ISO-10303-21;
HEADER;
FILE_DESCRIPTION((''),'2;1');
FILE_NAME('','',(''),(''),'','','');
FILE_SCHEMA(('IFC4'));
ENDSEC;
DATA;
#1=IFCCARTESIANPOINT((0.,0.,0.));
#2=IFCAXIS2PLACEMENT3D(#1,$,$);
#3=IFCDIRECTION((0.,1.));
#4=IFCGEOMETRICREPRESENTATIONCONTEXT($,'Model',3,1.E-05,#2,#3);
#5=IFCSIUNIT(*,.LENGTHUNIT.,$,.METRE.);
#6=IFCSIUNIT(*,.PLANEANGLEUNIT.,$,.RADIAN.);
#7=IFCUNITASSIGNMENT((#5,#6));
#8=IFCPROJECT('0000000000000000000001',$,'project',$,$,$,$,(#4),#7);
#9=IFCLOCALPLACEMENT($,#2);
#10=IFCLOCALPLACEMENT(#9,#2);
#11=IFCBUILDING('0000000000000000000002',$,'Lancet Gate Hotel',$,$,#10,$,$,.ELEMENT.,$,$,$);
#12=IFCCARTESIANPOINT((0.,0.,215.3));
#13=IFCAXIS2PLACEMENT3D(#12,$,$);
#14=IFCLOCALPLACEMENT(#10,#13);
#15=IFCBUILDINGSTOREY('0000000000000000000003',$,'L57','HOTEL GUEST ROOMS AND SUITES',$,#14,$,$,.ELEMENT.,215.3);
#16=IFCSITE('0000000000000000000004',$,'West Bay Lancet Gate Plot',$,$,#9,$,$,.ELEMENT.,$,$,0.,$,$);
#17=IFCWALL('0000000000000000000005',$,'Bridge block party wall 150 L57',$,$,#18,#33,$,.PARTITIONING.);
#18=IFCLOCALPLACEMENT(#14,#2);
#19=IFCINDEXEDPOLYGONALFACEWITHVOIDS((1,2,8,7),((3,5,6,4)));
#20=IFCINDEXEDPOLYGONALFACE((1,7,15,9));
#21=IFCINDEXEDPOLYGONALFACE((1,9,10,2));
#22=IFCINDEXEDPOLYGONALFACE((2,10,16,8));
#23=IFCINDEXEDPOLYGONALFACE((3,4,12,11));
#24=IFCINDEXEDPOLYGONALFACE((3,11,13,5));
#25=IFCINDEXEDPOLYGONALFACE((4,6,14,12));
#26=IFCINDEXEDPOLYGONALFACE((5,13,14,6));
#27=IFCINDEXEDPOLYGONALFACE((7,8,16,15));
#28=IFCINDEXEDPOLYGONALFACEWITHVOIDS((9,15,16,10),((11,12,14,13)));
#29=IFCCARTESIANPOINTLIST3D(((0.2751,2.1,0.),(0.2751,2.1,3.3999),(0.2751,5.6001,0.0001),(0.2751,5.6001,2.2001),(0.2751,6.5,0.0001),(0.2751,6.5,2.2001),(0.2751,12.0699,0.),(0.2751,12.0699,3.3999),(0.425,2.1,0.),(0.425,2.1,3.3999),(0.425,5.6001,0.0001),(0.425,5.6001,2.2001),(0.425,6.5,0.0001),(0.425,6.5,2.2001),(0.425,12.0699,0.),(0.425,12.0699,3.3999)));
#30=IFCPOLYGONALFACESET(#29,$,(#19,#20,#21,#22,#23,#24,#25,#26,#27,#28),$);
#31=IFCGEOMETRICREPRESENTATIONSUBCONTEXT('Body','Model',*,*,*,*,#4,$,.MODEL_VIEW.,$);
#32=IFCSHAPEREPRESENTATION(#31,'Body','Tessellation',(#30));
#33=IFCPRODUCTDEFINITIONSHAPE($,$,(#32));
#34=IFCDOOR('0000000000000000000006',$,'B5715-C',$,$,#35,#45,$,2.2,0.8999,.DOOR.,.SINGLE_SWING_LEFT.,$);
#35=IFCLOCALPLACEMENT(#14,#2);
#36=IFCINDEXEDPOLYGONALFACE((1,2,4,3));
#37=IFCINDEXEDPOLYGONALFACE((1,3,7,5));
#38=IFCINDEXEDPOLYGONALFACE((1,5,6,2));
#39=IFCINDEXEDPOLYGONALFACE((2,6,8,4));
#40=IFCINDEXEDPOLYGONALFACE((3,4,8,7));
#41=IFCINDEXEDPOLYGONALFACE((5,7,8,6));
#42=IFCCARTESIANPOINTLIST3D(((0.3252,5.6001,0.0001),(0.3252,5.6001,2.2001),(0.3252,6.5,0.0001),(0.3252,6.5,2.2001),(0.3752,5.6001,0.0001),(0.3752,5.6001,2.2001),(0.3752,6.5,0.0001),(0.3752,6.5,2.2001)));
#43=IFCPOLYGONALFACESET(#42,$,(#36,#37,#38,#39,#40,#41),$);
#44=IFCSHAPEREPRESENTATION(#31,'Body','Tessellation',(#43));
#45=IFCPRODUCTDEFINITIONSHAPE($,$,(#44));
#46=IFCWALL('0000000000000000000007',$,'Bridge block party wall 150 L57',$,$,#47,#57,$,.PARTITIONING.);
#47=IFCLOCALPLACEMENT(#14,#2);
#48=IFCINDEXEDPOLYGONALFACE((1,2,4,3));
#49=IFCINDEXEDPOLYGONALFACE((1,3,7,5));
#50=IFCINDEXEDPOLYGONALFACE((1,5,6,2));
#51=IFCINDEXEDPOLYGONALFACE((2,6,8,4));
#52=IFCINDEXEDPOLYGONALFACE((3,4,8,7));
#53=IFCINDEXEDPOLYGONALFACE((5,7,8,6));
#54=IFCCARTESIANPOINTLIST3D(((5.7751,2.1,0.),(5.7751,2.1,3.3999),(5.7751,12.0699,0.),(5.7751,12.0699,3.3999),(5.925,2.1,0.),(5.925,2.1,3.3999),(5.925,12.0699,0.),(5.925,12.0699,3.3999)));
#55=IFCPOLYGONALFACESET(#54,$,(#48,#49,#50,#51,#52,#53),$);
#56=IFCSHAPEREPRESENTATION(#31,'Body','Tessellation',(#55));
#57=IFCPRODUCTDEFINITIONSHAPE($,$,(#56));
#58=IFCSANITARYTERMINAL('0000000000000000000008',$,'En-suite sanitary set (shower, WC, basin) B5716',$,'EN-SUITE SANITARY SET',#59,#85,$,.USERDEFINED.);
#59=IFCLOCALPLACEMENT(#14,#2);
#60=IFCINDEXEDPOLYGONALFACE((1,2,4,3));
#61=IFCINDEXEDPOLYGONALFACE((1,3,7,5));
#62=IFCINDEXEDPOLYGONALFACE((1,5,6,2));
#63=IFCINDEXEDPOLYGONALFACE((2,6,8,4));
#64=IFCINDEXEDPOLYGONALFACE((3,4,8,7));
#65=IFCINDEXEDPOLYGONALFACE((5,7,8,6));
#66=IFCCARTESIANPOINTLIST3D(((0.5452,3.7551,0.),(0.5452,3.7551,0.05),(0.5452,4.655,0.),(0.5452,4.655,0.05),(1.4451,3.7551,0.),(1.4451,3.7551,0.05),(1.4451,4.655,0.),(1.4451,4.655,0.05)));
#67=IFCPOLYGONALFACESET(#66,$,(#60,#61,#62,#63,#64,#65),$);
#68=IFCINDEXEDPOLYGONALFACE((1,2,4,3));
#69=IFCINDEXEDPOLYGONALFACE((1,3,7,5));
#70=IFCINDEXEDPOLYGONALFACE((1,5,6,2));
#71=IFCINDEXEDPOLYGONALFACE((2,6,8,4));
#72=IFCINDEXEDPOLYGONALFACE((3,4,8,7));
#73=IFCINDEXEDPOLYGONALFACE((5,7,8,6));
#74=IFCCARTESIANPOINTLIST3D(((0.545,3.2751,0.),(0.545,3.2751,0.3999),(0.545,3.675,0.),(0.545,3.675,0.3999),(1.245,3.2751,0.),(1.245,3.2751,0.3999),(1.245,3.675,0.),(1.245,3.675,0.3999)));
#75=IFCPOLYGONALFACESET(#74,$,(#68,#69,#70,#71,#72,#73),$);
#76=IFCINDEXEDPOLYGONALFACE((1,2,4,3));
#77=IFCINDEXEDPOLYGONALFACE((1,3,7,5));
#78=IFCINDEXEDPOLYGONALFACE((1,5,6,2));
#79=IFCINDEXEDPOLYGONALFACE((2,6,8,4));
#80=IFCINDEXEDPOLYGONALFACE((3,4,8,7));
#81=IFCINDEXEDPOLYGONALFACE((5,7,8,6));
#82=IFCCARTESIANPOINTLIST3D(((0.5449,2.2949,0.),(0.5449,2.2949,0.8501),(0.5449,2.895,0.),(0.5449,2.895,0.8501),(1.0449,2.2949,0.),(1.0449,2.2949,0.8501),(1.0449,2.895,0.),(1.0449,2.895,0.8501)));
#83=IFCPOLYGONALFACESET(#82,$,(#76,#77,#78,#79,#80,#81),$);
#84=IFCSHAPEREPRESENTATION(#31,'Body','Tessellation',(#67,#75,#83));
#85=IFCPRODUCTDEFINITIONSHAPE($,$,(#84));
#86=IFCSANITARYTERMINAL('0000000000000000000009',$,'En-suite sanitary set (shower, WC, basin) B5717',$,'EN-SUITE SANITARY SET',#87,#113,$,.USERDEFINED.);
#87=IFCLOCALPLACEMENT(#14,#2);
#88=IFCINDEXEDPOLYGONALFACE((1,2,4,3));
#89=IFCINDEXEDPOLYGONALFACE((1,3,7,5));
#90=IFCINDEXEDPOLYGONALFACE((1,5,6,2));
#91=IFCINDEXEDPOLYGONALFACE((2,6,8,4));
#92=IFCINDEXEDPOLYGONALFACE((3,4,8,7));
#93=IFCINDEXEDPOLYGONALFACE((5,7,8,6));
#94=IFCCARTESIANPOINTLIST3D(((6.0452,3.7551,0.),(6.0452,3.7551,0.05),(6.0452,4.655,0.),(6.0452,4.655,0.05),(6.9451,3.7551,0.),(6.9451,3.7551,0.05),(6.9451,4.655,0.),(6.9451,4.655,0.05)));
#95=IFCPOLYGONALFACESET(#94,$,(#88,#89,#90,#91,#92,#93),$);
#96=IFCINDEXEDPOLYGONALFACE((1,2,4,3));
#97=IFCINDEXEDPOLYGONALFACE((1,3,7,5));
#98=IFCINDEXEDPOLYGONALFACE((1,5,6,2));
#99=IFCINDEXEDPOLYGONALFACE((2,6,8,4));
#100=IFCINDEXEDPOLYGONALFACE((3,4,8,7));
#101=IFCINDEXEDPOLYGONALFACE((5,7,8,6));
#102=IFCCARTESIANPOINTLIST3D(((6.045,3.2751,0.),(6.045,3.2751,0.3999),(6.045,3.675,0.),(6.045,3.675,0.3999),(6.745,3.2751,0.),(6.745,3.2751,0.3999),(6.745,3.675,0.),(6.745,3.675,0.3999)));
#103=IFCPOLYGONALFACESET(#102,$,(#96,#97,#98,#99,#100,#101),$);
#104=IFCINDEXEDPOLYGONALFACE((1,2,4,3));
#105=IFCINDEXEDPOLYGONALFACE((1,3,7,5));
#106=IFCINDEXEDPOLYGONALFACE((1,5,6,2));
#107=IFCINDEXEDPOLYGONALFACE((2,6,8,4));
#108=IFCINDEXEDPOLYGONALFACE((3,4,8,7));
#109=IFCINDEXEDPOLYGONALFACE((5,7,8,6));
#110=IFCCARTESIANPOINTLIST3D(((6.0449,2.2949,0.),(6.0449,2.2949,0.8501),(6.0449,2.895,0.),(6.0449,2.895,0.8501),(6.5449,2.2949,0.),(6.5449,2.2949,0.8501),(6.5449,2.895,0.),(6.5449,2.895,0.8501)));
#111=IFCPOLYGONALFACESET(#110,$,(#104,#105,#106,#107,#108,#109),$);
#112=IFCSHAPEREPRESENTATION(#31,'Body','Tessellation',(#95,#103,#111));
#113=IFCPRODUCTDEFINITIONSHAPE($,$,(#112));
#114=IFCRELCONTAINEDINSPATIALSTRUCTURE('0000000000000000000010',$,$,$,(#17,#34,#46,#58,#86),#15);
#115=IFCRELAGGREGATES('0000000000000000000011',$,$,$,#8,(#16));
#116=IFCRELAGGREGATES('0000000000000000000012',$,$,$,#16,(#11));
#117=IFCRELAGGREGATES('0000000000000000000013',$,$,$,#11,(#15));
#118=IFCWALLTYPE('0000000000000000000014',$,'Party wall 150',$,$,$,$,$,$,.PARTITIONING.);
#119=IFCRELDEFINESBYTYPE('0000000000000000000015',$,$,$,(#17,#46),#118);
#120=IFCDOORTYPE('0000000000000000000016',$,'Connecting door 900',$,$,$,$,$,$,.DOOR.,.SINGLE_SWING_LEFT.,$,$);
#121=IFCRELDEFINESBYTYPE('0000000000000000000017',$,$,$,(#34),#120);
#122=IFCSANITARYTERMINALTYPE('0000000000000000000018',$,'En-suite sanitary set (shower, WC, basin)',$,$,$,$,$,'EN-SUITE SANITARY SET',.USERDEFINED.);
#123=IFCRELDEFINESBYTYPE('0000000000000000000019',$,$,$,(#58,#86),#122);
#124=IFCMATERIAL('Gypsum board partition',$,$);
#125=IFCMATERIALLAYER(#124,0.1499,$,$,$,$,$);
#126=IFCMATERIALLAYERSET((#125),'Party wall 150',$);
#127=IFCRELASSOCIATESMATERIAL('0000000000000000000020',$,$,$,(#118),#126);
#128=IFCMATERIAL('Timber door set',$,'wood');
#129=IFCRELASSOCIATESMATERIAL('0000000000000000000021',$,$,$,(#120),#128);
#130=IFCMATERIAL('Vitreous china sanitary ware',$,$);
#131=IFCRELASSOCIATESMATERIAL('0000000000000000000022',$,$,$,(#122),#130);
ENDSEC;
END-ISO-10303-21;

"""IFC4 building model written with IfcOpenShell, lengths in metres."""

from ifc_helpers import new_model, si_unit, direction, frame, frame_2d, origin, origin_2d, place, context, subcontext, project, spatial, rectangle, extrude, material, layer, layer_set, type_object, element, fill, save


model = new_model("IFC4")

# Units and contexts
model_context = context("Model", 3, precision=1e-05, world=origin(), true_north=direction((0.0, 1.0)))
body_context = subcontext(model_context, "Body", "Model", "MODEL_VIEW")
ifc_project = project(units=[si_unit("LENGTHUNIT", "METRE"), si_unit("PLANEANGLEUNIT", "RADIAN")], contexts=[model_context])

# Site, building, storey
site_placement = place(None, origin())
site = spatial("IfcSite", under=ifc_project, at=site_placement, Name="West Bay Lancet Gate Plot", CompositionType="ELEMENT", RefElevation=0.0)
building_placement = place(site_placement, origin())
building = spatial("IfcBuilding", under=site, at=building_placement, Name="Lancet Gate Hotel", CompositionType="ELEMENT")
storey_placement = place(building_placement, frame((0.0, 0.0, 215.3)))
storey = spatial("IfcBuildingStorey", under=building, at=storey_placement, Name="L57", Description="HOTEL GUEST ROOMS AND SUITES", CompositionType="ELEMENT", Elevation=215.3)

# Wall, opening, door
ifc_material_1 = material(Name="Gypsum board partition")
ifc_layer_1 = layer(ifc_material_1, 0.1499)
ifc_layer_set_1 = layer_set([ifc_layer_1], Name="Party wall 150")
wall_type_1 = type_object("IfcWallType", Name="Party wall 150", PredefinedType="PARTITIONING", material=ifc_layer_set_1)
wall_1_placement = place(storey_placement, frame((0.3501, 2.1001, 0.0), z_axis=(0.0, 0.0, 1.0), x_axis=(0.0, 1.0, 0.0)))
wall_1 = element("IfcWall", 1, at=wall_1_placement, inside=storey, type_object=wall_type_1, Name="Bridge block party wall 150 L57", PredefinedType="PARTITIONING", context=body_context, shape_type="SweptSolid", body=[
    extrude(rectangle(XDim=9.97, YDim=0.1499, at=frame_2d((4.9849, 0.0))), origin(), (0.0, 0.0, 1.0), 3.3999),
])
opening_1_placement = place(wall_1_placement, frame((3.5, 0.0, 0.0)))
opening_1 = element("IfcOpeningElement", 2, at=opening_1_placement, cuts=wall_1, PredefinedType="OPENING", context=body_context, shape_type="SweptSolid", body=[
    extrude(rectangle(XDim=0.8999, YDim=2.2, at=frame_2d((0.45, 1.1001))), frame((0.0, 0.085, 0.0), z_axis=(0.0, -1.0, 0.0), x_axis=(1.0, 0.0, 0.0)), (0.0, 0.0, 1.0), 0.1699),
])
ifc_material_2 = material(Name="Timber door set", Category="wood")
door_type_1 = type_object("IfcDoorType", Name="Connecting door 900", OperationType="SINGLE_SWING_LEFT", PredefinedType="DOOR", material=ifc_material_2)
door_1_placement = place(opening_1_placement, origin())
door_1 = element("IfcDoor", 3, at=door_1_placement, inside=storey, type_object=door_type_1, Name="B5715-C", OperationType="SINGLE_SWING_LEFT", OverallHeight=2.2, OverallWidth=0.8999, PredefinedType="DOOR", context=body_context, shape_type="SweptSolid", body=[
    extrude(rectangle(XDim=0.8999, YDim=2.2, at=frame_2d((0.45, 1.1001))), frame((0.0, 0.0249, 0.0), z_axis=(0.0, -1.0, 0.0), x_axis=(1.0, 0.0, 0.0)), (0.0, 0.0, 1.0), 0.05),
])
fill(opening_1, door_1)

# Wall
wall_2_placement = place(storey_placement, frame((5.8501, 2.1001, 0.0), z_axis=(0.0, 0.0, 1.0), x_axis=(0.0, 1.0, 0.0)))
element("IfcWall", 4, at=wall_2_placement, inside=storey, type_object=wall_type_1, Name="Bridge block party wall 150 L57", PredefinedType="PARTITIONING", context=body_context, shape_type="SweptSolid", body=[
    extrude(rectangle(XDim=9.97, YDim=0.1499, at=frame_2d((4.9849, 0.0))), origin(), (0.0, 0.0, 1.0), 3.3999),
])

# Sanitary terminals
ifc_material_3 = material(Name="Vitreous china sanitary ware")
sanitary_terminal_type = type_object("IfcSanitaryTerminalType", Name="En-suite sanitary set (shower, WC, basin)", ElementType="EN-SUITE SANITARY SET", PredefinedType="USERDEFINED", material=ifc_material_3)
for number, where, z_axis, x_axis, name in (
    (5, (0.9951, 4.2051, 0.0), (0.0, 0.0, 1.0), (1.0, 0.0, 0.0), "En-suite sanitary set (shower, WC, basin) B5716"),
    (6, (6.4951, 4.2051, 0.0), (0.0, 0.0, 1.0), (1.0, 0.0, 0.0), "En-suite sanitary set (shower, WC, basin) B5717"),
):
    element("IfcSanitaryTerminal", number, at=place(storey_placement, frame(where, z_axis=z_axis, x_axis=x_axis)), inside=storey, type_object=sanitary_terminal_type, Name=name, ObjectType="EN-SUITE SANITARY SET", PredefinedType="USERDEFINED", context=body_context, shape_type="SweptSolid", body=[
        extrude(rectangle(XDim=0.8999, YDim=0.8999, at=origin_2d()), frame((0.0, 0.0, 0.0), z_axis=(0.0, 0.0, 1.0), x_axis=(0.0, 1.0, 0.0)), (0.0, 0.0, 1.0), 0.05),
        extrude(rectangle(XDim=0.3999, YDim=0.7, at=origin_2d()), frame((-0.1001, -0.73, 0.0), z_axis=(0.0, 0.0, 1.0), x_axis=(0.0, 1.0, 0.0)), (0.0, 0.0, 1.0), 0.3999),
        extrude(rectangle(XDim=0.6001, YDim=0.5, at=origin_2d()), frame((-0.2002, -1.6101, 0.0), z_axis=(0.0, 0.0, 1.0), x_axis=(0.0, 1.0, 0.0)), (0.0, 0.0, 1.0), 0.8501),
    ])

save(model, "model.ifc")
